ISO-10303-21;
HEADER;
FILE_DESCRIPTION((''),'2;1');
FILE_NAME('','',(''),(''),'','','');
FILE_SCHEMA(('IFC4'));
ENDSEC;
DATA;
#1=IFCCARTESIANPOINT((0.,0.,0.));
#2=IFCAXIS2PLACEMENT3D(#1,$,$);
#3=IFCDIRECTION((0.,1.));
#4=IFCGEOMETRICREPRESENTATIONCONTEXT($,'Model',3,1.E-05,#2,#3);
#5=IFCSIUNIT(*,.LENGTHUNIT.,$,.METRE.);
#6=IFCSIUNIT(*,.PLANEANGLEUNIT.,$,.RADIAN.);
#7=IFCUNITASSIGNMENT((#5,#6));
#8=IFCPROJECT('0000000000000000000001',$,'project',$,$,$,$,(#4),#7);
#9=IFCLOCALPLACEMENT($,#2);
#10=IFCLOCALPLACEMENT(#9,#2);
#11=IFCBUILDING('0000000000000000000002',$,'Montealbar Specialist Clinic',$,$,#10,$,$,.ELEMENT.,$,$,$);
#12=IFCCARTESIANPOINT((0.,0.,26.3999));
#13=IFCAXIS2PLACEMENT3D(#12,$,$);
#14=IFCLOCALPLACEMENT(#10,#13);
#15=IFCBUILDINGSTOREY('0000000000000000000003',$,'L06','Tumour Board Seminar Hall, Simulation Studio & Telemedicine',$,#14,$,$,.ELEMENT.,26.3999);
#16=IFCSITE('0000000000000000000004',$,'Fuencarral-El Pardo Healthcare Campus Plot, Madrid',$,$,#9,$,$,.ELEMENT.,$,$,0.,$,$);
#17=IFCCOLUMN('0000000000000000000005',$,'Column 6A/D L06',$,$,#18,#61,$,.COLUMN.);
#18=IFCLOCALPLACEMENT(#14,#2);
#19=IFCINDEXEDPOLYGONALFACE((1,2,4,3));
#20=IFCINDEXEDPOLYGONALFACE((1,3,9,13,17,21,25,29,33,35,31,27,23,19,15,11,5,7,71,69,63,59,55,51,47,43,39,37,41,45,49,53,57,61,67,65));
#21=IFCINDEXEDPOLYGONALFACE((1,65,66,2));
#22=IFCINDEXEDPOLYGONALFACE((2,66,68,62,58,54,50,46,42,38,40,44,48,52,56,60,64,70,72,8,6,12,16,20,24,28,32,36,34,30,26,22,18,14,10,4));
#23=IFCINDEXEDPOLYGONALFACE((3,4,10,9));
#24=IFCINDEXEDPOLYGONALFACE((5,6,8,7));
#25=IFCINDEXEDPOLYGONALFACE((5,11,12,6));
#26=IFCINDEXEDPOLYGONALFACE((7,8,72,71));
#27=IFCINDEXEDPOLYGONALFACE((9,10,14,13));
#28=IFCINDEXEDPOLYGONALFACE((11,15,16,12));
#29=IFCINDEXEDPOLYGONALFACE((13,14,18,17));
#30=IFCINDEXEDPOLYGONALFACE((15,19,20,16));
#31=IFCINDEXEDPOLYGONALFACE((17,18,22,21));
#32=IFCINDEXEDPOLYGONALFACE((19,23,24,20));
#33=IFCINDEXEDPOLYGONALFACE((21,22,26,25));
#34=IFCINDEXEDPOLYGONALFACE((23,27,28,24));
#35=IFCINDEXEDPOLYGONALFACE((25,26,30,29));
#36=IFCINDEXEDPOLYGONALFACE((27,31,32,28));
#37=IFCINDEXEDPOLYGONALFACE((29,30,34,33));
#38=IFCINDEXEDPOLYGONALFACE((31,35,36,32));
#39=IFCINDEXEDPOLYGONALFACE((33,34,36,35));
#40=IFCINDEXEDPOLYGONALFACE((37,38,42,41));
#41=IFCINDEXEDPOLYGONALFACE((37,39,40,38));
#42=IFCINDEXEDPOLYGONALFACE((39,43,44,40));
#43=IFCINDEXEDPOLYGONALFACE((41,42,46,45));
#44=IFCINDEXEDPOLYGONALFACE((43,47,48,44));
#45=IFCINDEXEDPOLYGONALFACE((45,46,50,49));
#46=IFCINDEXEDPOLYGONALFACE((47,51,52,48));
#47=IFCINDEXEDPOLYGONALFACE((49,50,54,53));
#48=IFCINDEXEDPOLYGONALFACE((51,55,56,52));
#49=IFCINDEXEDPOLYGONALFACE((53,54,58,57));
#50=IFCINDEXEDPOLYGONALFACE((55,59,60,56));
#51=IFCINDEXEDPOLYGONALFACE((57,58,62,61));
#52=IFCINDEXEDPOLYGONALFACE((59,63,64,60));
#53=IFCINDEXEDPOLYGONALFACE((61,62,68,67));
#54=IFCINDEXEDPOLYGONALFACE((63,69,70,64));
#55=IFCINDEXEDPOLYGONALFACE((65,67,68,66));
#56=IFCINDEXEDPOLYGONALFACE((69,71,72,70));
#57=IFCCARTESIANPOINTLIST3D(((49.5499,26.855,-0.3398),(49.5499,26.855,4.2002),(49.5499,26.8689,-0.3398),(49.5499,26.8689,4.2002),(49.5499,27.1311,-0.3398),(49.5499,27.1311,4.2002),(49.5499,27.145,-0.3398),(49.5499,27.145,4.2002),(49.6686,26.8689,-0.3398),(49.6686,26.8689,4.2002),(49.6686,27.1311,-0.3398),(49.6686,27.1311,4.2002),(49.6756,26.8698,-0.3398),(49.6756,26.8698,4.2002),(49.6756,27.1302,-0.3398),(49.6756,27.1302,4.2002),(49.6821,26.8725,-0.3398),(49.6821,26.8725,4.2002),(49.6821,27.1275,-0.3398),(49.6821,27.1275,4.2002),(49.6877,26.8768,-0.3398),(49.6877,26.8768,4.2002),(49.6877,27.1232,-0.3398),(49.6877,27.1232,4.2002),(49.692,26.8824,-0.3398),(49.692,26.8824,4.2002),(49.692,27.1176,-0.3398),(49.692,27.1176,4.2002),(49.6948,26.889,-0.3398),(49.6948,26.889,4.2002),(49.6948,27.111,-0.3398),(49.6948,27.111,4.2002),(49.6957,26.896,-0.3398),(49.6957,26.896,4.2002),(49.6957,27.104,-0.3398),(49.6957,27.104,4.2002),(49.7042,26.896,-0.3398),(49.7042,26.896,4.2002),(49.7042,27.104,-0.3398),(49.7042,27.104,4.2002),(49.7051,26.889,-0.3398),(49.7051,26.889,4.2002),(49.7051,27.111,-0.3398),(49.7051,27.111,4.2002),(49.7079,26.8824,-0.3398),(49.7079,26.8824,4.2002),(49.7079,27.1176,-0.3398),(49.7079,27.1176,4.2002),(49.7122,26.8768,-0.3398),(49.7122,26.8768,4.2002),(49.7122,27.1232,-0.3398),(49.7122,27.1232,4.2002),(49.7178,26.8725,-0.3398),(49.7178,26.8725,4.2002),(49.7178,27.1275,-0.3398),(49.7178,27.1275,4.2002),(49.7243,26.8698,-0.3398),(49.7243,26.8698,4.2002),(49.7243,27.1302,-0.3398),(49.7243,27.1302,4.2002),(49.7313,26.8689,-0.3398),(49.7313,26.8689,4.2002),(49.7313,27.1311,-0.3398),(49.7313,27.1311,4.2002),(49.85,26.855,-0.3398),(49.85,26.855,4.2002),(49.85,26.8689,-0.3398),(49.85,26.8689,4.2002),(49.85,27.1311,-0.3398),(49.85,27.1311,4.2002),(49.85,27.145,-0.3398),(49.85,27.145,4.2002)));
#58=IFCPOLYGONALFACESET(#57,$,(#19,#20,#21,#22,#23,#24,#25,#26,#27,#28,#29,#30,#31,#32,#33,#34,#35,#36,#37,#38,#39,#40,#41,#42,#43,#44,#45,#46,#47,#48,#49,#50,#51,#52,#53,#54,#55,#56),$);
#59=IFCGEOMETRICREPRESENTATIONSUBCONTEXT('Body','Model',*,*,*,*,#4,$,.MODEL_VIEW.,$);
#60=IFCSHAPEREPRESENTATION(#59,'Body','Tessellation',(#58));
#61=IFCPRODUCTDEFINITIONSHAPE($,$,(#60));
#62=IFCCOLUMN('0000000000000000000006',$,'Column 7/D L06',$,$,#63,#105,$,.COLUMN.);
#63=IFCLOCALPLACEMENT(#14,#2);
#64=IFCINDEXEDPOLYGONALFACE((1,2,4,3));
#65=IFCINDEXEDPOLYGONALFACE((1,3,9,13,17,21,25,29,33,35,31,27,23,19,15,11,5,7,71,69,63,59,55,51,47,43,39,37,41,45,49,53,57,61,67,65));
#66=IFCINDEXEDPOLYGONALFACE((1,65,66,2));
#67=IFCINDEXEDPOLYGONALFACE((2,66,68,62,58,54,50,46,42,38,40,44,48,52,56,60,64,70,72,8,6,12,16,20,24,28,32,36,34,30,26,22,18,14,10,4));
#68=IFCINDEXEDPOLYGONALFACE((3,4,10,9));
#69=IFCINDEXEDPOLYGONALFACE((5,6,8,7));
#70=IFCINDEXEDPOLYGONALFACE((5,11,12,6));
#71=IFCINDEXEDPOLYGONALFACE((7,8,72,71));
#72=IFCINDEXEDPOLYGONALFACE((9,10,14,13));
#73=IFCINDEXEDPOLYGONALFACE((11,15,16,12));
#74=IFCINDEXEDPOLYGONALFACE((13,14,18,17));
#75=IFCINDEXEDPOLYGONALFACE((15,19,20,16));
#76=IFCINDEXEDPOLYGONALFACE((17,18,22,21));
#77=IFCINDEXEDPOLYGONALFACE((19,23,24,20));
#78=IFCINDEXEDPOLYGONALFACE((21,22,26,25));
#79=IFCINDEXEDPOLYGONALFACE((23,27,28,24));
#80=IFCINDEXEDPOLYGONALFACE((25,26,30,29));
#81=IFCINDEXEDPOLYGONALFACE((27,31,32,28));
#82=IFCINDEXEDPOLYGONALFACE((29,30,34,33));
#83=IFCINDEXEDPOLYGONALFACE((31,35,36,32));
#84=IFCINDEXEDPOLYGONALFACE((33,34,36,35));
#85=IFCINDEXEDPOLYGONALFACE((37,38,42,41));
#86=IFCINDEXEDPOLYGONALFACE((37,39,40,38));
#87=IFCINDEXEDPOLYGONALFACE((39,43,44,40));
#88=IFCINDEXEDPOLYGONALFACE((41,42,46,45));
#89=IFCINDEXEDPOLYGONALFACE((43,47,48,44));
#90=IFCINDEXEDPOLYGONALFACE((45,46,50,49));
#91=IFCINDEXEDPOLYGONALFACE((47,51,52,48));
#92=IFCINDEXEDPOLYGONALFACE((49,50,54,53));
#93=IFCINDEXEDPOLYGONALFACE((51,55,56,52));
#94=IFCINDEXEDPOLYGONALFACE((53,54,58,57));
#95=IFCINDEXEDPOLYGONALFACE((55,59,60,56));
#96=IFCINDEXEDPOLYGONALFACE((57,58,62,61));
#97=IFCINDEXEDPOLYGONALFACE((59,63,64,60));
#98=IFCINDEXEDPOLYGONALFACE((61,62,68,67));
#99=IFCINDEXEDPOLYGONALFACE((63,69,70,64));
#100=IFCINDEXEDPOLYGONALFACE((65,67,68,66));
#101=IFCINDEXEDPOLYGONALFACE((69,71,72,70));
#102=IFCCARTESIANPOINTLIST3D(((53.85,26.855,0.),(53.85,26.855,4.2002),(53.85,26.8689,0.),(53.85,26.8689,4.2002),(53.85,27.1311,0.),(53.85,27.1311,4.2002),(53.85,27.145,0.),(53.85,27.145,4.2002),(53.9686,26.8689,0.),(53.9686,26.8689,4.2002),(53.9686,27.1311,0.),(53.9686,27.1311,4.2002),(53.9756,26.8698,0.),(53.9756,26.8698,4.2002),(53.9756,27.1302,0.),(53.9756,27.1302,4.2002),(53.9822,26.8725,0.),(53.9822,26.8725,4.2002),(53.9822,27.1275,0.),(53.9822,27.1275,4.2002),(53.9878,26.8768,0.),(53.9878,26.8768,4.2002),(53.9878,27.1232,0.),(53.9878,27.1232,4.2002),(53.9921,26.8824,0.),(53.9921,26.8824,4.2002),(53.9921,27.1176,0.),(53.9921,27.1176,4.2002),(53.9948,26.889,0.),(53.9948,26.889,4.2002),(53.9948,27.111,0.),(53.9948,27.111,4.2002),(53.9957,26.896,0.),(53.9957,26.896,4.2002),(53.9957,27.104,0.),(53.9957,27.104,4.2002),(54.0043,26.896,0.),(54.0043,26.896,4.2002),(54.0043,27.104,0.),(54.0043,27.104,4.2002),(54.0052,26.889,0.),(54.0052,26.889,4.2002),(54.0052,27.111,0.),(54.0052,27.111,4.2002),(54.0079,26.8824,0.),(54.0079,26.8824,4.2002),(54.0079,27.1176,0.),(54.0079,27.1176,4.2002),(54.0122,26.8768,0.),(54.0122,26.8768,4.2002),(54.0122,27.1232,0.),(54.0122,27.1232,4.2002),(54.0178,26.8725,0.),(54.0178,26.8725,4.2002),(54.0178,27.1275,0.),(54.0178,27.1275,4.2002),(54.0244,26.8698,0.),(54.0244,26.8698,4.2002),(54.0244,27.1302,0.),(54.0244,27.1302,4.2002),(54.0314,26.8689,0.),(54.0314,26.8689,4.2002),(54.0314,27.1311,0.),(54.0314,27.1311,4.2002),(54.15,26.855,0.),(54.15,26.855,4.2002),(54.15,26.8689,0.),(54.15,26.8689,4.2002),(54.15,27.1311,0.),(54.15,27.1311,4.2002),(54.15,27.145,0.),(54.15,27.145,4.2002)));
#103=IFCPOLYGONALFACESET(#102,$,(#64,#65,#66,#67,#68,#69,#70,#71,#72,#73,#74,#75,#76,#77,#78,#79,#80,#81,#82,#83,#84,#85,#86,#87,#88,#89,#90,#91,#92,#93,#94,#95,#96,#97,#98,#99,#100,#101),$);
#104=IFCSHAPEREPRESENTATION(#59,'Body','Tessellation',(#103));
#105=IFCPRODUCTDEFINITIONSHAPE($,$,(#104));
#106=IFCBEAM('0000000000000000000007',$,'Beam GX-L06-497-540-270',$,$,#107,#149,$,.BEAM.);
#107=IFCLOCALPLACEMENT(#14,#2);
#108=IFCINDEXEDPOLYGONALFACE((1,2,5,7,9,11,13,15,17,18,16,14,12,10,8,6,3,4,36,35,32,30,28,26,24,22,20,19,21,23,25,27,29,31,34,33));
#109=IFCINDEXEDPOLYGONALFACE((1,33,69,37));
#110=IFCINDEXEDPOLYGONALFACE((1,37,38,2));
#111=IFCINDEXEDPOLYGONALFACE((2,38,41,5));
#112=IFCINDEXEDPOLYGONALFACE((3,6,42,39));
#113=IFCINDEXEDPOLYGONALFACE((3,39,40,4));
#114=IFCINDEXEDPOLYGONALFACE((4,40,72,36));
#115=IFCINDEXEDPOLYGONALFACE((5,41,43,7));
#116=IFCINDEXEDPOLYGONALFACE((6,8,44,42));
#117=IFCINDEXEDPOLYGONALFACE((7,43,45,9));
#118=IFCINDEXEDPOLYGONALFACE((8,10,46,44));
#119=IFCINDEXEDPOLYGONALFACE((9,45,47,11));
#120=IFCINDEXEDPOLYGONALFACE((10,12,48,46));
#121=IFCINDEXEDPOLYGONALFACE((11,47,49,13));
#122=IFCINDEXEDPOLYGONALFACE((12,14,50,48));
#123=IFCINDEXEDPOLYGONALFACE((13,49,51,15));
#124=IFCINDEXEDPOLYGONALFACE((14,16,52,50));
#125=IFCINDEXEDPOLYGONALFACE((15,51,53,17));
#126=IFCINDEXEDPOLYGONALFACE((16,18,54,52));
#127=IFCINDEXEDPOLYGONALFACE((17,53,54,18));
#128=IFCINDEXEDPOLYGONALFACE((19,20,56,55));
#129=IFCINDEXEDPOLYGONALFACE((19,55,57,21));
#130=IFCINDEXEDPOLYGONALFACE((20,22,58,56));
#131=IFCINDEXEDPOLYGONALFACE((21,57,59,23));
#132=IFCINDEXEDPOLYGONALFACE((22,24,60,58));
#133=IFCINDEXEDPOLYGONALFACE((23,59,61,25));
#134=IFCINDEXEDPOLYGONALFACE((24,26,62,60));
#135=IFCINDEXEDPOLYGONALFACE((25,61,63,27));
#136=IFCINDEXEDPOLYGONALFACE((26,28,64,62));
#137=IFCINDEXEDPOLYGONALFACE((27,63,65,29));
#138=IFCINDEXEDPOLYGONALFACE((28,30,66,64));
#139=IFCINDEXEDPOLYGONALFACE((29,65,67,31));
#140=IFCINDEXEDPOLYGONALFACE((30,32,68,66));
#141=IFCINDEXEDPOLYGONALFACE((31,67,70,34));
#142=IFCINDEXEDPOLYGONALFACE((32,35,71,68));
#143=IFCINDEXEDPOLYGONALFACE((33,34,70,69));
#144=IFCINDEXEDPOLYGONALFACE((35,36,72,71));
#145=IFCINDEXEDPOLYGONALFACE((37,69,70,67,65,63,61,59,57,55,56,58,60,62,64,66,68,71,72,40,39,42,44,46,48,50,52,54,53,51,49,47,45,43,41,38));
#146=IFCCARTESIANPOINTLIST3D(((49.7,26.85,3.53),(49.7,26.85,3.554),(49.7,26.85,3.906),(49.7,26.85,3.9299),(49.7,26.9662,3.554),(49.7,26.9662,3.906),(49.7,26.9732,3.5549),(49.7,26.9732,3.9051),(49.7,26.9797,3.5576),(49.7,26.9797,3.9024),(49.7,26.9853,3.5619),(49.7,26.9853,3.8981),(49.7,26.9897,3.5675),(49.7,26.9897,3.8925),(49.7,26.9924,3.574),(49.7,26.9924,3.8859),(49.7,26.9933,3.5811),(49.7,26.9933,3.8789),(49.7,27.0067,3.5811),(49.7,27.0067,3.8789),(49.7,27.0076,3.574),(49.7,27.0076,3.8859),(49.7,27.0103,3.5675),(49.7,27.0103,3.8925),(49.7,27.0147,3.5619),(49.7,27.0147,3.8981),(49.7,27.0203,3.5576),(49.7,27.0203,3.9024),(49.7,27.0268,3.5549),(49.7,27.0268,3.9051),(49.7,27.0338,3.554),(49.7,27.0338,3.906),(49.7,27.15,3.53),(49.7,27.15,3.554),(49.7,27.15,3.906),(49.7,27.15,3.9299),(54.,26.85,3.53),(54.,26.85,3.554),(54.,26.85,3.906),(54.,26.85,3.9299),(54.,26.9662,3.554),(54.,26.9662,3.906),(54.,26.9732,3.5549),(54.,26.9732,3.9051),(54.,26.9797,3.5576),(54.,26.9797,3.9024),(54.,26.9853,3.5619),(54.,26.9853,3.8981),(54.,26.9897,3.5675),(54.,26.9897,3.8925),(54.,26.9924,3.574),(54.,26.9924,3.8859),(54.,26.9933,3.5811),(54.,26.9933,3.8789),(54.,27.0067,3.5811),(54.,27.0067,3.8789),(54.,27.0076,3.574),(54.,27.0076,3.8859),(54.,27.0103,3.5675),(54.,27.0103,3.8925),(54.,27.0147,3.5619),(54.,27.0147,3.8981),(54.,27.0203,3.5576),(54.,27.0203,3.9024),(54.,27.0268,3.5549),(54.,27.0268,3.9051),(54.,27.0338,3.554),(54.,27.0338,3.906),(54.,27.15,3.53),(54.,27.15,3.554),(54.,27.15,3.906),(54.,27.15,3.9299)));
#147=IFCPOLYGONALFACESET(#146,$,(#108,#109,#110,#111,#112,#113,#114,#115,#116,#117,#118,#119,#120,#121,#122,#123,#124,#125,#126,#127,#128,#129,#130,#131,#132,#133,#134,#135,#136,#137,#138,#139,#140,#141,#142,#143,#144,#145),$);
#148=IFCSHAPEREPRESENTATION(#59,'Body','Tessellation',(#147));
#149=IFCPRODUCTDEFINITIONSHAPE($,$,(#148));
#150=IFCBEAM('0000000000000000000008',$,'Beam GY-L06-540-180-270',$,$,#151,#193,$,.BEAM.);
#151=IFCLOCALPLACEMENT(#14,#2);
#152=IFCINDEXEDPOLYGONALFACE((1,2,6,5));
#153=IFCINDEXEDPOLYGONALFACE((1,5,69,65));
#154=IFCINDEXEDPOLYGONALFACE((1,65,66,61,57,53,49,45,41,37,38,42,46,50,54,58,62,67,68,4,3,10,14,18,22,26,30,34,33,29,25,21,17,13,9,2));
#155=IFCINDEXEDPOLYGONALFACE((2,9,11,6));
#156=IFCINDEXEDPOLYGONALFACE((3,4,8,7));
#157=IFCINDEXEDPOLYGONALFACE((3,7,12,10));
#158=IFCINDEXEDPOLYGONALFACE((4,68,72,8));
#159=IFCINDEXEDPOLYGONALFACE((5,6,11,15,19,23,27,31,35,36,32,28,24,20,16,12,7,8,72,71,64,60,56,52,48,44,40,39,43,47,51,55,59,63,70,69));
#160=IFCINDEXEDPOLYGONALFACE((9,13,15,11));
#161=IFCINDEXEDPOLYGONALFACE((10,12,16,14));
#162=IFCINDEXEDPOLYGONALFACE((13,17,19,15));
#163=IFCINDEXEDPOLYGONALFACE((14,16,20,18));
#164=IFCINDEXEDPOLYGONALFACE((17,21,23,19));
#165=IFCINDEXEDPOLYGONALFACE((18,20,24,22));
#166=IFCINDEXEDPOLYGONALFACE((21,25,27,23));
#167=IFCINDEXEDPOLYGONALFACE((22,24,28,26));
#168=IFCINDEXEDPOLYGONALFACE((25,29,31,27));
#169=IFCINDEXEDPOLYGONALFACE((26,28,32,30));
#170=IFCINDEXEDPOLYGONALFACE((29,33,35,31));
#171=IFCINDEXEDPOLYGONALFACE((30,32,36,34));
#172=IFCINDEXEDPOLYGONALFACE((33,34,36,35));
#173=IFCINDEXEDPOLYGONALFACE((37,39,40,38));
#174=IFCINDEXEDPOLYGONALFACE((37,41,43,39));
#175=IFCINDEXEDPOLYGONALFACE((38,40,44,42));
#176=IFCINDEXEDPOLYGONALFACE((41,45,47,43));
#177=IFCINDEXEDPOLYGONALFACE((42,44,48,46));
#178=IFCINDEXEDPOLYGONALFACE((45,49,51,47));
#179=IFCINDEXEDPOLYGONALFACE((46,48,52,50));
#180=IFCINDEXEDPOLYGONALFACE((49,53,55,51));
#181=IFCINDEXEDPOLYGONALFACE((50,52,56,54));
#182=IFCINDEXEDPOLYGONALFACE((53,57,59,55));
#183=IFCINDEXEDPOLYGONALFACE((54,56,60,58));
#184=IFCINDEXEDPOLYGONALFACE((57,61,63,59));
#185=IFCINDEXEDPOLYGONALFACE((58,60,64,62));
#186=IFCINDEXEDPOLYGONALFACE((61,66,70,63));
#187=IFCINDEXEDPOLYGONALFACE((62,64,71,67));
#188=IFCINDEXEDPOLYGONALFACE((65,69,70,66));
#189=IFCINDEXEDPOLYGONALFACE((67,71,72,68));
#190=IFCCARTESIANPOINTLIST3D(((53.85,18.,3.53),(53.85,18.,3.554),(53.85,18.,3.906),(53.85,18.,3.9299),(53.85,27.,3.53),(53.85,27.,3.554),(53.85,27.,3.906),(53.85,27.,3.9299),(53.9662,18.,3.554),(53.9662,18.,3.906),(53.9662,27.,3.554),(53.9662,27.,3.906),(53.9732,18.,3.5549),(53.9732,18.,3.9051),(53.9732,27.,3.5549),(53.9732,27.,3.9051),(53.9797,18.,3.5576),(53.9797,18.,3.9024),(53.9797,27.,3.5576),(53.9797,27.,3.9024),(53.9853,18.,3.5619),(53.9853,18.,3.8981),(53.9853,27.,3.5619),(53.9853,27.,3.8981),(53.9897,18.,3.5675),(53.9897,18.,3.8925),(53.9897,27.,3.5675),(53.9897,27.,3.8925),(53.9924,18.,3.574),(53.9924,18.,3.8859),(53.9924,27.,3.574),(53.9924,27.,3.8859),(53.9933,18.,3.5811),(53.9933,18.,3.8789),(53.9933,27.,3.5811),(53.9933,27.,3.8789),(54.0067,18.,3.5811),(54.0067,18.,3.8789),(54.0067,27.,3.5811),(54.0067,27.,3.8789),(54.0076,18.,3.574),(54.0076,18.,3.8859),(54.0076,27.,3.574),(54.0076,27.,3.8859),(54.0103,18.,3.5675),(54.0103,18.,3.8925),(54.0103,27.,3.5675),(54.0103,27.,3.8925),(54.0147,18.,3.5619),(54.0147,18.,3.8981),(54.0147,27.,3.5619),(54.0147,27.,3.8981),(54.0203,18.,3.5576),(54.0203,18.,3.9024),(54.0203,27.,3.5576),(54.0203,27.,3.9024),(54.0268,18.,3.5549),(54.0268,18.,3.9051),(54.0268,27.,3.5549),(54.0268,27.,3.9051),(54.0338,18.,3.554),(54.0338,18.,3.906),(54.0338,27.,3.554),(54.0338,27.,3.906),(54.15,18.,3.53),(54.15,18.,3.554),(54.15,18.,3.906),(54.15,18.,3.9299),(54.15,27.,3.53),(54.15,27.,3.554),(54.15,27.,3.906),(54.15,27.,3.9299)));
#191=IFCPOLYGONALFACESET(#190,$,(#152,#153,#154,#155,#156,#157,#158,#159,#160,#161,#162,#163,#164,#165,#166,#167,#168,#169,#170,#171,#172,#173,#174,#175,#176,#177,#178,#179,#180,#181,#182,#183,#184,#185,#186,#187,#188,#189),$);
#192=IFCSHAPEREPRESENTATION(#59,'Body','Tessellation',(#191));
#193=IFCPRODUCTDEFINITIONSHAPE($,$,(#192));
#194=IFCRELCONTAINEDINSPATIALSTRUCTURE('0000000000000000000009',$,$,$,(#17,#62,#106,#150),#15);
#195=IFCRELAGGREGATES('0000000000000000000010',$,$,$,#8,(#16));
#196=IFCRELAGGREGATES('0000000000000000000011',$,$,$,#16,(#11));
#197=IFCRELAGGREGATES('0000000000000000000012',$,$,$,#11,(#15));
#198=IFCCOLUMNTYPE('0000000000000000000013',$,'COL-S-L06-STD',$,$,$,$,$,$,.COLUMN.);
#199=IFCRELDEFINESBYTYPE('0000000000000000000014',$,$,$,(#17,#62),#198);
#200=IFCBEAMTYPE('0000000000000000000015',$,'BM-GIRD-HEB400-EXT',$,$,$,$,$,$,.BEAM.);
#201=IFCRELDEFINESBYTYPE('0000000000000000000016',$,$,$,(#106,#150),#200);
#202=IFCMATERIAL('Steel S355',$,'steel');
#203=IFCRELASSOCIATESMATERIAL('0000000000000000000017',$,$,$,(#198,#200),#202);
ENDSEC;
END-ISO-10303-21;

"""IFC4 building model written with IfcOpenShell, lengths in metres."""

from ifc_helpers import new_model, si_unit, direction, frame, origin, origin_2d, place, context, subcontext, project, spatial, i_section, extrude, material, material_profile, profile_set, type_object, element, save


model = new_model("IFC4")

# Units and contexts
model_context = context("Model", 3, precision=1e-05, world=origin(), true_north=direction((0.0, 1.0)))
body_context = subcontext(model_context, "Body", "Model", "MODEL_VIEW")
ifc_project = project(units=[si_unit("LENGTHUNIT", "METRE"), si_unit("PLANEANGLEUNIT", "RADIAN")], contexts=[model_context])

# Site, building, storey
site_placement = place(None, origin())
site = spatial("IfcSite", under=ifc_project, at=site_placement, Name="Fuencarral-El Pardo Healthcare Campus Plot, Madrid", CompositionType="ELEMENT", RefElevation=0.0)
building_placement = place(site_placement, origin())
building = spatial("IfcBuilding", under=site, at=building_placement, Name="Montealbar Specialist Clinic", CompositionType="ELEMENT")
storey_placement = place(building_placement, frame((0.0, 0.0, 26.3999)))
storey = spatial("IfcBuildingStorey", under=building, at=storey_placement, Name="L06", Description="Tumour Board Seminar Hall, Simulation Studio & Telemedicine", CompositionType="ELEMENT", Elevation=26.3999)

# Columns
ifc_material_1 = material(Name="Steel S355", Category="steel")
ifc_material_profile_1 = material_profile(ifc_material_1, i_section(OverallWidth=0.3, OverallDepth=0.29, WebThickness=0.0085, FlangeThickness=0.0139, FilletRadius=0.0271, at=origin_2d()), Name="HEA 300", Category="steel")
ifc_profile_set_1 = profile_set([ifc_material_profile_1], Name="Steel S355")
column_type = type_object("IfcColumnType", Name="COL-S-L06-STD", PredefinedType="COLUMN", material=ifc_profile_set_1)
column_1_placement = place(storey_placement, frame((49.7, 27.0, -0.3398), z_axis=(0.0, 0.0, 1.0), x_axis=(1.0, 0.0, 0.0)))
element("IfcColumn", 1, at=column_1_placement, inside=storey, type_object=column_type, Name="Column 6A/D L06", PredefinedType="COLUMN", context=body_context, shape_type="SweptSolid", body=[
    extrude(i_section(OverallWidth=0.3, OverallDepth=0.29, WebThickness=0.0085, FlangeThickness=0.0139, FilletRadius=0.0271, at=origin_2d()), origin(), (0.0, 0.0, 1.0), 4.54),
])
column_2_placement = place(storey_placement, frame((54.0, 27.0, 0.0), z_axis=(0.0, 0.0, 1.0), x_axis=(1.0, 0.0, 0.0)))
element("IfcColumn", 2, at=column_2_placement, inside=storey, type_object=column_type, Name="Column 7/D L06", PredefinedType="COLUMN", context=body_context, shape_type="SweptSolid", body=[
    extrude(i_section(OverallWidth=0.3, OverallDepth=0.29, WebThickness=0.0085, FlangeThickness=0.0139, FilletRadius=0.0271, at=origin_2d()), origin(), (0.0, 0.0, 1.0), 4.2002),
])

# Beams
ifc_material_profile_2 = material_profile(ifc_material_1, i_section(OverallWidth=0.3, OverallDepth=0.3999, WebThickness=0.0134, FlangeThickness=0.0239, FilletRadius=0.0271, at=origin_2d()), Name="HEB 400", Category="steel")
ifc_profile_set_2 = profile_set([ifc_material_profile_2], Name="Steel S355")
beam_type_1 = type_object("IfcBeamType", Name="BM-GIRD-HEB400-EXT", PredefinedType="BEAM", material=ifc_profile_set_2)
beam_1_placement = place(storey_placement, frame((49.7, 27.0, 3.73), z_axis=(1.0, 0.0, 0.0), x_axis=(0.0, 1.0, 0.0)))
element("IfcBeam", 3, at=beam_1_placement, inside=storey, type_object=beam_type_1, Name="Beam GX-L06-497-540-270", PredefinedType="BEAM", context=body_context, shape_type="SweptSolid", body=[
    extrude(i_section(OverallWidth=0.3, OverallDepth=0.3999, WebThickness=0.0134, FlangeThickness=0.0239, FilletRadius=0.0271, at=origin_2d()), origin(), (0.0, 0.0, 1.0), 4.3),
])
beam_2_placement = place(storey_placement, frame((54.0, 18.0, 3.73), z_axis=(0.0, 1.0, 0.0), x_axis=(-1.0, 0.0, 0.0)))
element("IfcBeam", 4, at=beam_2_placement, inside=storey, type_object=beam_type_1, Name="Beam GY-L06-540-180-270", PredefinedType="BEAM", context=body_context, shape_type="SweptSolid", body=[
    extrude(i_section(OverallWidth=0.3, OverallDepth=0.3999, WebThickness=0.0134, FlangeThickness=0.0239, FilletRadius=0.0271, at=origin_2d()), origin(), (0.0, 0.0, 1.0), 9.0),
])

save(model, "model.ifc")
